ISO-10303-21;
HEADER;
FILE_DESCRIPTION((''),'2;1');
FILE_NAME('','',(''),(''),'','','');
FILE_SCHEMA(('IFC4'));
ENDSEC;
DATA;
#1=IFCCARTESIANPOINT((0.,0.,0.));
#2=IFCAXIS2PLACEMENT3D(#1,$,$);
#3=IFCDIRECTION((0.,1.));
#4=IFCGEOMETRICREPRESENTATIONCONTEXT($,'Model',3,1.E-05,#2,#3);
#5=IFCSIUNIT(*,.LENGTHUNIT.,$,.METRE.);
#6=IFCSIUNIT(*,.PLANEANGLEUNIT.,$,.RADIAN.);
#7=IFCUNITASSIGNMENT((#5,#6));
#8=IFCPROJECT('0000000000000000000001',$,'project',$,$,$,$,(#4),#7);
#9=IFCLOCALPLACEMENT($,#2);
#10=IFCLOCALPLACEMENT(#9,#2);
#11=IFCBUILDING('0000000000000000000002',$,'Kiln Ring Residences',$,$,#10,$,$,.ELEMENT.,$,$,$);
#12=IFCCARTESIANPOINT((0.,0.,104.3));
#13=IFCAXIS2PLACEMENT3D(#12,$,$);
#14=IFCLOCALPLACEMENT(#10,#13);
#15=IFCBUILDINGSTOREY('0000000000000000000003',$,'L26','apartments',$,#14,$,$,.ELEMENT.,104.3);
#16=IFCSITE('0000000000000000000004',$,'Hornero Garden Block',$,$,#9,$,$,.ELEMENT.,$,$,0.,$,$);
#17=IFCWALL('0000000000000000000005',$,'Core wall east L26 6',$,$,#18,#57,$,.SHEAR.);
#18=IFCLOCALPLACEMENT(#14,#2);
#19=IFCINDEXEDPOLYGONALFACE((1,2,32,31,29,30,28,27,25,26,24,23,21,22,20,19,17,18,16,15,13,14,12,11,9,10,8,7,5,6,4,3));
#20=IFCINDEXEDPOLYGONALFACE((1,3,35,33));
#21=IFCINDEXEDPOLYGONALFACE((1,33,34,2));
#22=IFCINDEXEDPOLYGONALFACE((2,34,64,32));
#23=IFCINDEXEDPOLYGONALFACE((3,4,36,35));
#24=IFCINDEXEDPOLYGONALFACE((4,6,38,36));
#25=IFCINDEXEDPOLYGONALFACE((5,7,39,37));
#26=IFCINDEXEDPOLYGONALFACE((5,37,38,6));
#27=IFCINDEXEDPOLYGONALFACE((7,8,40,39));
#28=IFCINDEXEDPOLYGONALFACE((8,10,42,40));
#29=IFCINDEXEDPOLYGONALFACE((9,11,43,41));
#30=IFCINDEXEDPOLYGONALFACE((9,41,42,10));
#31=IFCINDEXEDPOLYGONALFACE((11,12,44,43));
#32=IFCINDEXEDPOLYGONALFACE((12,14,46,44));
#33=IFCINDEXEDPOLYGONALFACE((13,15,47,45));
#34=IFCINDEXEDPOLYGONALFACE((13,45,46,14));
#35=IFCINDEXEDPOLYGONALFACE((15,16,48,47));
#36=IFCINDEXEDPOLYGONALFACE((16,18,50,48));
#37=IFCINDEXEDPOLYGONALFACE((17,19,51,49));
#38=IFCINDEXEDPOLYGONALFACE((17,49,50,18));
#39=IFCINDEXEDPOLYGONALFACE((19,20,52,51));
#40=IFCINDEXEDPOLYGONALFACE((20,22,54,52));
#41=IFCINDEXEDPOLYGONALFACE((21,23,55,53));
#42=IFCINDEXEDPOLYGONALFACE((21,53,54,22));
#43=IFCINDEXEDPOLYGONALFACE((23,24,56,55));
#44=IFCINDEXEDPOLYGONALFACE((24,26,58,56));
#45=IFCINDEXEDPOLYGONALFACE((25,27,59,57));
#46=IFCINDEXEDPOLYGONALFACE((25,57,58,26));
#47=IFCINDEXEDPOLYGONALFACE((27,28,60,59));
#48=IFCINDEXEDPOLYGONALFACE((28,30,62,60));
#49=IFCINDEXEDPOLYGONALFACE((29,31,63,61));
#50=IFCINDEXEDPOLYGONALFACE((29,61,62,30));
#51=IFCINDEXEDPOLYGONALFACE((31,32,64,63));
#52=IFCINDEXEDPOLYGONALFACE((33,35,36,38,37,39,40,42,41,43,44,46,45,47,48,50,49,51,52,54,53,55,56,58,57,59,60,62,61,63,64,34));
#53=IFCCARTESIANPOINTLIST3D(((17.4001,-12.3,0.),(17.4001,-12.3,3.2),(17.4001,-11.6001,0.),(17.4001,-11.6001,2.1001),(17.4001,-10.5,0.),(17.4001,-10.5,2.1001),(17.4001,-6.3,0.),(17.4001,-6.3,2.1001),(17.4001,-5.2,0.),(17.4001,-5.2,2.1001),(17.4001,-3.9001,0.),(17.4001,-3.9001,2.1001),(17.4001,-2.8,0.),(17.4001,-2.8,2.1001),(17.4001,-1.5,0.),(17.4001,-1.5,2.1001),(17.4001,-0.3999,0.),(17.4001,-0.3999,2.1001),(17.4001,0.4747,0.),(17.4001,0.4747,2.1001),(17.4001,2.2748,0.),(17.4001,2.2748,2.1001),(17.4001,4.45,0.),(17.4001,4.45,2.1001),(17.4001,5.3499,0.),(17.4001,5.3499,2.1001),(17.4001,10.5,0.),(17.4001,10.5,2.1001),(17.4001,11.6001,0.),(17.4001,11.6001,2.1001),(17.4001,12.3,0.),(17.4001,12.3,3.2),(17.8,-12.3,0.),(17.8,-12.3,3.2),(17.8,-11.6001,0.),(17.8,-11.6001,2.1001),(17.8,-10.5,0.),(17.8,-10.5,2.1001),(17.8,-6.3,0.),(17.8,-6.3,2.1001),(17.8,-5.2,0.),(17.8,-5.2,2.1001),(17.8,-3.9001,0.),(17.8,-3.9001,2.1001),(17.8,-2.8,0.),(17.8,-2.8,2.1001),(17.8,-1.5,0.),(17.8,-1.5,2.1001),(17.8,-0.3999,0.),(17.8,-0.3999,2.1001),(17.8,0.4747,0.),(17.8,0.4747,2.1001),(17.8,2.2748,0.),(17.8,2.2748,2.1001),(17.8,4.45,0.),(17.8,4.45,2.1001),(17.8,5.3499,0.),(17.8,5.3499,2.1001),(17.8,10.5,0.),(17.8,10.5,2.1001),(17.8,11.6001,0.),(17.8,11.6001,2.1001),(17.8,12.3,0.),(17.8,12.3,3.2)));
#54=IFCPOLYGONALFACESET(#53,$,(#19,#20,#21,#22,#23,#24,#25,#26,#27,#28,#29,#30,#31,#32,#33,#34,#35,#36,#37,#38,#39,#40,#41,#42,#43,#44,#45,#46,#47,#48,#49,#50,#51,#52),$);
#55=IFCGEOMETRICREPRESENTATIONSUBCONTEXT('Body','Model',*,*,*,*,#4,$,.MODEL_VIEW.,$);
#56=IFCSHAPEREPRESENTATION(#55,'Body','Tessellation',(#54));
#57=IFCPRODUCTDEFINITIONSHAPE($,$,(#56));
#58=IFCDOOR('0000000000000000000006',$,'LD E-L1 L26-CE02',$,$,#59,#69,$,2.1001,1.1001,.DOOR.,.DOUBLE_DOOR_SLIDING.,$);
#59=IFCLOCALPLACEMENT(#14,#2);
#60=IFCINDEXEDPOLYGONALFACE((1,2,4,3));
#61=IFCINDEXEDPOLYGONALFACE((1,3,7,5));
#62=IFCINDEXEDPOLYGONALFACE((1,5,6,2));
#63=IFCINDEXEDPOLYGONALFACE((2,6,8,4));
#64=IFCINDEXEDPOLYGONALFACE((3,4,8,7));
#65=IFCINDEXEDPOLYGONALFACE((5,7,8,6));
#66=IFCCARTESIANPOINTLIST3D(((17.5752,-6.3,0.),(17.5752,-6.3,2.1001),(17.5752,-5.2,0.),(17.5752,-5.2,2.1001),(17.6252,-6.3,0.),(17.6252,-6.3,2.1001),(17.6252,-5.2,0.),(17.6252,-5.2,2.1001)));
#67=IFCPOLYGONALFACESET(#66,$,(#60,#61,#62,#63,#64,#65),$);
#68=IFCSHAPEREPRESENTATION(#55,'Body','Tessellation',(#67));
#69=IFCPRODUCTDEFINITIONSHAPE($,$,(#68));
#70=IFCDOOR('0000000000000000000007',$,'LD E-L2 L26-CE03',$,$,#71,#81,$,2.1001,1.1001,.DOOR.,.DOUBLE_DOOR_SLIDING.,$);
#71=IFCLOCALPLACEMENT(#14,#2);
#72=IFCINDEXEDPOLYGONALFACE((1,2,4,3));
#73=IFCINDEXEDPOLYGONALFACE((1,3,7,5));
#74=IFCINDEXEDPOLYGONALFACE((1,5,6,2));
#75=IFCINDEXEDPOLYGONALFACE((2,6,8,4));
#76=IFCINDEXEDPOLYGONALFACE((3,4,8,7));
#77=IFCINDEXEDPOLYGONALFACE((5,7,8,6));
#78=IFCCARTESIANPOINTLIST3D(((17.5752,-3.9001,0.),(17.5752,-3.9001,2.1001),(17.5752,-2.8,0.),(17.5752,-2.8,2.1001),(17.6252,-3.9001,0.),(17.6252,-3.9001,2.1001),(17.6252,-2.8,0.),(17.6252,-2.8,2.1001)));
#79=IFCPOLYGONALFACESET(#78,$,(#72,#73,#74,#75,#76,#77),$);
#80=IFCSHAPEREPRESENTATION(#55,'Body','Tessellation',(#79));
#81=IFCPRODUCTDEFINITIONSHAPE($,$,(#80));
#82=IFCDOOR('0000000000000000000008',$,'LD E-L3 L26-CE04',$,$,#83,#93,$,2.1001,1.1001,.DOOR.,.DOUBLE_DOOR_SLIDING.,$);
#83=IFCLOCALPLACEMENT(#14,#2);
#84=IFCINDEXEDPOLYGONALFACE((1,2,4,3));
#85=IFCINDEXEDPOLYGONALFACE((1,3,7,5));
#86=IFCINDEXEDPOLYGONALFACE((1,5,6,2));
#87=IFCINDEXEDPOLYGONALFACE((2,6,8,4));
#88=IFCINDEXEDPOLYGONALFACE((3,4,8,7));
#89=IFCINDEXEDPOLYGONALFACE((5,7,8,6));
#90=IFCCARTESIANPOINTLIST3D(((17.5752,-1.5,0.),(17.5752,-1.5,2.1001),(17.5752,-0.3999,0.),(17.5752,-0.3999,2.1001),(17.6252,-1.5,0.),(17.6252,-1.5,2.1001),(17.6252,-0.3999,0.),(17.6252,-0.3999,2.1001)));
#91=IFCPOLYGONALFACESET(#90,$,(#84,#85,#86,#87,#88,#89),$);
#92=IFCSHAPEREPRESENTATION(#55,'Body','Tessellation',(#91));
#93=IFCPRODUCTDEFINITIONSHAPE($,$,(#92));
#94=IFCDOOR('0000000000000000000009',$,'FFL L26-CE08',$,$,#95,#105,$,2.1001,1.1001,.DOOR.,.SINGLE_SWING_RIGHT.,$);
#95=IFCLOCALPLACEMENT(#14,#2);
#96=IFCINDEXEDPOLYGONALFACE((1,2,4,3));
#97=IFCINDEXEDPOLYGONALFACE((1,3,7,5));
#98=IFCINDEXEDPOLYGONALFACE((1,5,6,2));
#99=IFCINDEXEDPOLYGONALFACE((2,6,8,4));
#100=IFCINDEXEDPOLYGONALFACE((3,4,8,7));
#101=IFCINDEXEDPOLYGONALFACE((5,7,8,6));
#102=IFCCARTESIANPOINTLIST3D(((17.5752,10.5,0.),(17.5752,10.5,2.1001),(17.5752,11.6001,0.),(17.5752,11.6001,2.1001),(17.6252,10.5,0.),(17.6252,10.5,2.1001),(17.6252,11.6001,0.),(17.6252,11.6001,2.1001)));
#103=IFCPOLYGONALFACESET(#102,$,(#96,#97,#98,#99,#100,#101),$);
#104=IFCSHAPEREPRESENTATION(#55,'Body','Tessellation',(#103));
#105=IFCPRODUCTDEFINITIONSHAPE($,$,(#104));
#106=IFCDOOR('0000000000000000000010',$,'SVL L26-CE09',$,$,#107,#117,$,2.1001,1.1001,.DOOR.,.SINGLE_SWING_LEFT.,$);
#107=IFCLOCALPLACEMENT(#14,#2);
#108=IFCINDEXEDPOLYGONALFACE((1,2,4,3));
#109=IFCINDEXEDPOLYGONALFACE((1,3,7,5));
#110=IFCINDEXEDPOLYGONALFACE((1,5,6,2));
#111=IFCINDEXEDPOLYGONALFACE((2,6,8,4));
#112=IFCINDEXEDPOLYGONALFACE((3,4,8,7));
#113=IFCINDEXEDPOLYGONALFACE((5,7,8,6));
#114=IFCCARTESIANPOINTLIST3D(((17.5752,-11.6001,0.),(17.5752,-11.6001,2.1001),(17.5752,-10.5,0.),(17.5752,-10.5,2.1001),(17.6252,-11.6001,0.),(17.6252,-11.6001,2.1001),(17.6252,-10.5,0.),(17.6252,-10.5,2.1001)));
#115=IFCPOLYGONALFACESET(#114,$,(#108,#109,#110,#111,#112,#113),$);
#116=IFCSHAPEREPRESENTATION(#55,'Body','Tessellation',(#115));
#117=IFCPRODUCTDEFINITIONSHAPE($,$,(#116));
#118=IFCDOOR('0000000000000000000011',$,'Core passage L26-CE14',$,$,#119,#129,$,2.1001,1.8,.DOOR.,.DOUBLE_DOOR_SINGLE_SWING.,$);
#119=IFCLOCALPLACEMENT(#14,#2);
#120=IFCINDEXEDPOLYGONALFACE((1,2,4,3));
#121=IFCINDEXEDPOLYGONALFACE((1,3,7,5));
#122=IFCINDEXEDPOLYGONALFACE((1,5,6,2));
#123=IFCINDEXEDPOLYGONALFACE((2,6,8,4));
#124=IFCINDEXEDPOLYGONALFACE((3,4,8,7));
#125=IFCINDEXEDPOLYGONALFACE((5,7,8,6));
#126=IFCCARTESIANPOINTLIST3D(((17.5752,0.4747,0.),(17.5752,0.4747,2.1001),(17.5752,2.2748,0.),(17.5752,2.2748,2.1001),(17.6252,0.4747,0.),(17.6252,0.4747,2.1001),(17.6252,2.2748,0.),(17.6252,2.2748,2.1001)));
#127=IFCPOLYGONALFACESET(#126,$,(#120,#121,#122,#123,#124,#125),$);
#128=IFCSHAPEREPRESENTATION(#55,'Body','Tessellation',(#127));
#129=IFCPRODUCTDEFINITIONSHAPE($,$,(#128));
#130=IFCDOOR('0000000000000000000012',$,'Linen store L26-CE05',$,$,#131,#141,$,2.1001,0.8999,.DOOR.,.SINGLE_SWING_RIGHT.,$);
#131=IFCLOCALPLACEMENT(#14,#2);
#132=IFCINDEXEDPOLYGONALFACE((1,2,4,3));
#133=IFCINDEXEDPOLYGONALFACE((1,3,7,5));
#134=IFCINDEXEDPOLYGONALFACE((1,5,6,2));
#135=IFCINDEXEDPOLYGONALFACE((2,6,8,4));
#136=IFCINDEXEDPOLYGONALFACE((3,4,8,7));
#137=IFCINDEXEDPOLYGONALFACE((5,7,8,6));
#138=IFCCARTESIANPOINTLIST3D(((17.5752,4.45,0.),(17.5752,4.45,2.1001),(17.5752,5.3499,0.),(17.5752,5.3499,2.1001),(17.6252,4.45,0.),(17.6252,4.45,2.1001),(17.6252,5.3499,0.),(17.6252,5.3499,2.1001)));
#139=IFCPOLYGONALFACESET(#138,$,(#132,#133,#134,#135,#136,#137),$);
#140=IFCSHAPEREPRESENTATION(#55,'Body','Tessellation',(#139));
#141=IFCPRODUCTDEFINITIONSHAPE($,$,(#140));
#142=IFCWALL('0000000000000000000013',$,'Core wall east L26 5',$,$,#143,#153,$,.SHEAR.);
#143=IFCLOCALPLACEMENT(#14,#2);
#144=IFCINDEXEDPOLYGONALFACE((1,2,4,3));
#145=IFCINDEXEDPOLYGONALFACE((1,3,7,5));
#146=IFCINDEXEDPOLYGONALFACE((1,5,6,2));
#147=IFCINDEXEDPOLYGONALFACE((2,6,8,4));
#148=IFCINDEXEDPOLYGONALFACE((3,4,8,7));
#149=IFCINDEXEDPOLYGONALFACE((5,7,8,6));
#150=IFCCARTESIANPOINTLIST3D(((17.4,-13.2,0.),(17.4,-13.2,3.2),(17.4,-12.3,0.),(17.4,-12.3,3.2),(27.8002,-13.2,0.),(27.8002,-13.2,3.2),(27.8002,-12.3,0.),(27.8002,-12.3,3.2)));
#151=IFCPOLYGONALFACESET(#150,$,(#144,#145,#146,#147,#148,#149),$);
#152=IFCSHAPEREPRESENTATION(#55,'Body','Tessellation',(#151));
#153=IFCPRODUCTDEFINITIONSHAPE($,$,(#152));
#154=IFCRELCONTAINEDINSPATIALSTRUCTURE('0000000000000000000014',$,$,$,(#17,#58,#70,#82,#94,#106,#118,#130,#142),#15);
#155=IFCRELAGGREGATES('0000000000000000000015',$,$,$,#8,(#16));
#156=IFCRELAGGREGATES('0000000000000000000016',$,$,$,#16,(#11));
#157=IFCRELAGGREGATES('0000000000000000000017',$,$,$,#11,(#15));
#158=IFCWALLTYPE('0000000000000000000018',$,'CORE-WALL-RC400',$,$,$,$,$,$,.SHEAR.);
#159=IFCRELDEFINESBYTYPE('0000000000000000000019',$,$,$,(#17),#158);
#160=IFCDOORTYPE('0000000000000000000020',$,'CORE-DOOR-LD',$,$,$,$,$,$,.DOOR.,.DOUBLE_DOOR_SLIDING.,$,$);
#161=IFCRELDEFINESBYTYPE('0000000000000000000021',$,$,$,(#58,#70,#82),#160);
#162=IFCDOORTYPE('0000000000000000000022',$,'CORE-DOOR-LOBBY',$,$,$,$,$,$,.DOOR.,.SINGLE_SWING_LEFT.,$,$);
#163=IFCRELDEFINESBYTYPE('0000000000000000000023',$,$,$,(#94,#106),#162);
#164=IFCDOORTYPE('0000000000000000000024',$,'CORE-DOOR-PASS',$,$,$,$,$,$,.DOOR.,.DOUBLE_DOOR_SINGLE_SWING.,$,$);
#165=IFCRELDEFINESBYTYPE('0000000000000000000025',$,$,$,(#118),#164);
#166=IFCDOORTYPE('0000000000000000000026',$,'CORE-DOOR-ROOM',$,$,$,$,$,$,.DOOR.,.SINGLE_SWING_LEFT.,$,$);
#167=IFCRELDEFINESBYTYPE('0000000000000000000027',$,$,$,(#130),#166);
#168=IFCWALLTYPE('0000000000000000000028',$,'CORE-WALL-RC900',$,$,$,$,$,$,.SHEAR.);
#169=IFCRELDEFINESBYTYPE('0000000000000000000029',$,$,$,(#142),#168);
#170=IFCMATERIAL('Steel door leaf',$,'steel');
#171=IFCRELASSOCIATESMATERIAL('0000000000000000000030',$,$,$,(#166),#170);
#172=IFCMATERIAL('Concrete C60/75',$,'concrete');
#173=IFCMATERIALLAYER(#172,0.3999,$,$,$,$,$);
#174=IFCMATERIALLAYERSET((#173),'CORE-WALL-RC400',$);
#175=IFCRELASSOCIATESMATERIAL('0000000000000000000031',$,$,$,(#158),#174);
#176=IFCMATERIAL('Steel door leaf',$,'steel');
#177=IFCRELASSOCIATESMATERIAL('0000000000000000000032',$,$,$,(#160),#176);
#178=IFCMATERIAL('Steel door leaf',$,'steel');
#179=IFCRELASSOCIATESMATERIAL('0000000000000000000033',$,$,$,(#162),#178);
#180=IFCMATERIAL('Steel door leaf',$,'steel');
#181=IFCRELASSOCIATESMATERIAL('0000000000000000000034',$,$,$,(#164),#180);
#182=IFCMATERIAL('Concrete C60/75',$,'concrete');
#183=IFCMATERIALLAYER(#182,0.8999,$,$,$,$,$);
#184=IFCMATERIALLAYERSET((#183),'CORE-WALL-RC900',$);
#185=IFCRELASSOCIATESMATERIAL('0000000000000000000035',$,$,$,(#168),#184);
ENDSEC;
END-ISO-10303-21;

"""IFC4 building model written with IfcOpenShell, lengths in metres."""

from ifc_helpers import new_model, si_unit, direction, frame, frame_2d, origin, place, context, subcontext, project, spatial, rectangle, extrude, material, layer, layer_set, type_object, element, fill, save


model = new_model("IFC4")

# Units and contexts
model_context = context("Model", 3, precision=1e-05, world=origin(), true_north=direction((0.0, 1.0)))
body_context = subcontext(model_context, "Body", "Model", "MODEL_VIEW")
ifc_project = project(units=[si_unit("LENGTHUNIT", "METRE"), si_unit("PLANEANGLEUNIT", "RADIAN")], contexts=[model_context])

# Site, building, storey
site_placement = place(None, origin())
site = spatial("IfcSite", under=ifc_project, at=site_placement, Name="Hornero Garden Block", CompositionType="ELEMENT", RefElevation=0.0)
building_placement = place(site_placement, origin())
building = spatial("IfcBuilding", under=site, at=building_placement, Name="Kiln Ring Residences", CompositionType="ELEMENT")
storey_placement = place(building_placement, frame((0.0, 0.0, 104.3)))
storey = spatial("IfcBuildingStorey", under=building, at=storey_placement, Name="L26", Description="apartments", CompositionType="ELEMENT", Elevation=104.3)

# Shared definitions
ifc_material_1 = material(Name="Steel door leaf", Category="steel")
door_type_1 = type_object("IfcDoorType", Name="CORE-DOOR-ROOM", OperationType="SINGLE_SWING_LEFT", PredefinedType="DOOR", material=ifc_material_1)

# Wall, openings, doors
ifc_material_2 = material(Name="Concrete C60/75", Category="concrete")
ifc_layer_1 = layer(ifc_material_2, 0.3999)
ifc_layer_set_1 = layer_set([ifc_layer_1], Name="CORE-WALL-RC400")
wall_type_1 = type_object("IfcWallType", Name="CORE-WALL-RC400", PredefinedType="SHEAR", material=ifc_layer_set_1)
wall_1_placement = place(storey_placement, frame((17.6001, -12.3, 0.0), z_axis=(0.0, 0.0, 1.0), x_axis=(0.0, 1.0, 0.0)))
wall_1 = element("IfcWall", 1, at=wall_1_placement, inside=storey, type_object=wall_type_1, Name="Core wall east L26 6", PredefinedType="SHEAR", context=body_context, shape_type="SweptSolid", body=[
    extrude(rectangle(XDim=24.6001, YDim=0.3999, at=frame_2d((12.3, 0.0))), origin(), (0.0, 0.0, 1.0), 3.2),
])
opening_1_placement = place(wall_1_placement, frame((6.0, 0.0, 0.0)))
opening_1 = element("IfcOpeningElement", 2, at=opening_1_placement, cuts=wall_1, PredefinedType="OPENING", context=body_context, shape_type="SweptSolid", body=[
    extrude(rectangle(XDim=1.1001, YDim=2.1001, at=frame_2d((0.55, 1.05))), frame((0.0, 0.21, 0.0), z_axis=(0.0, -1.0, 0.0), x_axis=(1.0, 0.0, 0.0)), (0.0, 0.0, 1.0), 0.4199),
])
opening_2_placement = place(wall_1_placement, frame((8.3999, 0.0, 0.0)))
opening_2 = element("IfcOpeningElement", 3, at=opening_2_placement, cuts=wall_1, PredefinedType="OPENING", context=body_context, shape_type="SweptSolid", body=[
    extrude(rectangle(XDim=1.1001, YDim=2.1001, at=frame_2d((0.55, 1.05))), frame((0.0, 0.21, 0.0), z_axis=(0.0, -1.0, 0.0), x_axis=(1.0, 0.0, 0.0)), (0.0, 0.0, 1.0), 0.4199),
])
opening_3_placement = place(wall_1_placement, frame((10.8, 0.0, 0.0)))
opening_3 = element("IfcOpeningElement", 4, at=opening_3_placement, cuts=wall_1, PredefinedType="OPENING", context=body_context, shape_type="SweptSolid", body=[
    extrude(rectangle(XDim=1.1001, YDim=2.1001, at=frame_2d((0.55, 1.05))), frame((0.0, 0.21, 0.0), z_axis=(0.0, -1.0, 0.0), x_axis=(1.0, 0.0, 0.0)), (0.0, 0.0, 1.0), 0.4199),
])
opening_4_placement = place(wall_1_placement, frame((16.75, 0.0, 0.0)))
opening_4 = element("IfcOpeningElement", 5, at=opening_4_placement, cuts=wall_1, PredefinedType="OPENING", context=body_context, shape_type="SweptSolid", body=[
    extrude(rectangle(XDim=0.8999, YDim=2.1001, at=frame_2d((0.45, 1.05))), frame((0.0, 0.21, 0.0), z_axis=(0.0, -1.0, 0.0), x_axis=(1.0, 0.0, 0.0)), (0.0, 0.0, 1.0), 0.4199),
])
opening_5_placement = place(wall_1_placement, frame((22.8, 0.0, 0.0)))
opening_5 = element("IfcOpeningElement", 6, at=opening_5_placement, cuts=wall_1, PredefinedType="OPENING", context=body_context, shape_type="SweptSolid", body=[
    extrude(rectangle(XDim=1.1001, YDim=2.1001, at=frame_2d((0.55, 1.05))), frame((0.0, 0.21, 0.0), z_axis=(0.0, -1.0, 0.0), x_axis=(1.0, 0.0, 0.0)), (0.0, 0.0, 1.0), 0.4199),
])
opening_6_placement = place(wall_1_placement, frame((0.7, 0.0, 0.0)))
opening_6 = element("IfcOpeningElement", 7, at=opening_6_placement, cuts=wall_1, PredefinedType="OPENING", context=body_context, shape_type="SweptSolid", body=[
    extrude(rectangle(XDim=1.1001, YDim=2.1001, at=frame_2d((0.55, 1.05))), frame((0.0, 0.21, 0.0), z_axis=(0.0, -1.0, 0.0), x_axis=(1.0, 0.0, 0.0)), (0.0, 0.0, 1.0), 0.4199),
])
opening_7_placement = place(wall_1_placement, frame((12.7749, 0.0, 0.0)))
opening_7 = element("IfcOpeningElement", 8, at=opening_7_placement, cuts=wall_1, PredefinedType="OPENING", context=body_context, shape_type="SweptSolid", body=[
    extrude(rectangle(XDim=1.8, YDim=2.1001, at=frame_2d((0.8999, 1.05))), frame((0.0, 0.21, 0.0), z_axis=(0.0, -1.0, 0.0), x_axis=(1.0, 0.0, 0.0)), (0.0, 0.0, 1.0), 0.4199),
])
ifc_material_3 = material(Name="Steel door leaf", Category="steel")
door_type_2 = type_object("IfcDoorType", Name="CORE-DOOR-LD", OperationType="DOUBLE_DOOR_SLIDING", PredefinedType="DOOR", material=ifc_material_3)
door_1_placement = place(opening_1_placement, origin())
door_1 = element("IfcDoor", 9, at=door_1_placement, inside=storey, type_object=door_type_2, Name="LD E-L1 L26-CE02", OperationType="DOUBLE_DOOR_SLIDING", OverallHeight=2.1001, OverallWidth=1.1001, PredefinedType="DOOR", context=body_context, shape_type="SweptSolid", body=[
    extrude(rectangle(XDim=1.1001, YDim=2.1001, at=frame_2d((0.55, 1.05))), frame((0.0, 0.0249, 0.0), z_axis=(0.0, -1.0, 0.0), x_axis=(1.0, 0.0, 0.0)), (0.0, 0.0, 1.0), 0.05),
])
fill(opening_1, door_1)
door_2_placement = place(opening_2_placement, origin())
door_2 = element("IfcDoor", 10, at=door_2_placement, inside=storey, type_object=door_type_2, Name="LD E-L2 L26-CE03", OperationType="DOUBLE_DOOR_SLIDING", OverallHeight=2.1001, OverallWidth=1.1001, PredefinedType="DOOR", context=body_context, shape_type="SweptSolid", body=[
    extrude(rectangle(XDim=1.1001, YDim=2.1001, at=frame_2d((0.55, 1.05))), frame((0.0, 0.0249, 0.0), z_axis=(0.0, -1.0, 0.0), x_axis=(1.0, 0.0, 0.0)), (0.0, 0.0, 1.0), 0.05),
])
fill(opening_2, door_2)
door_3_placement = place(opening_3_placement, origin())
door_3 = element("IfcDoor", 11, at=door_3_placement, inside=storey, type_object=door_type_2, Name="LD E-L3 L26-CE04", OperationType="DOUBLE_DOOR_SLIDING", OverallHeight=2.1001, OverallWidth=1.1001, PredefinedType="DOOR", context=body_context, shape_type="SweptSolid", body=[
    extrude(rectangle(XDim=1.1001, YDim=2.1001, at=frame_2d((0.55, 1.05))), frame((0.0, 0.0249, 0.0), z_axis=(0.0, -1.0, 0.0), x_axis=(1.0, 0.0, 0.0)), (0.0, 0.0, 1.0), 0.05),
])
fill(opening_3, door_3)
ifc_material_4 = material(Name="Steel door leaf", Category="steel")
door_type_3 = type_object("IfcDoorType", Name="CORE-DOOR-LOBBY", OperationType="SINGLE_SWING_LEFT", PredefinedType="DOOR", material=ifc_material_4)
door_4_placement = place(opening_5_placement, origin())
door_4 = element("IfcDoor", 12, at=door_4_placement, inside=storey, type_object=door_type_3, Name="FFL L26-CE08", OperationType="SINGLE_SWING_RIGHT", OverallHeight=2.1001, OverallWidth=1.1001, PredefinedType="DOOR", context=body_context, shape_type="SweptSolid", body=[
    extrude(rectangle(XDim=1.1001, YDim=2.1001, at=frame_2d((0.55, 1.05))), frame((0.0, 0.0249, 0.0), z_axis=(0.0, -1.0, 0.0), x_axis=(1.0, 0.0, 0.0)), (0.0, 0.0, 1.0), 0.05),
])
fill(opening_5, door_4)
door_5_placement = place(opening_6_placement, origin())
door_5 = element("IfcDoor", 13, at=door_5_placement, inside=storey, type_object=door_type_3, Name="SVL L26-CE09", OperationType="SINGLE_SWING_LEFT", OverallHeight=2.1001, OverallWidth=1.1001, PredefinedType="DOOR", context=body_context, shape_type="SweptSolid", body=[
    extrude(rectangle(XDim=1.1001, YDim=2.1001, at=frame_2d((0.55, 1.05))), frame((0.0, 0.0249, 0.0), z_axis=(0.0, -1.0, 0.0), x_axis=(1.0, 0.0, 0.0)), (0.0, 0.0, 1.0), 0.05),
])
fill(opening_6, door_5)
ifc_material_5 = material(Name="Steel door leaf", Category="steel")
door_type_4 = type_object("IfcDoorType", Name="CORE-DOOR-PASS", OperationType="DOUBLE_DOOR_SINGLE_SWING", PredefinedType="DOOR", material=ifc_material_5)
door_6_placement = place(opening_7_placement, origin())
door_6 = element("IfcDoor", 14, at=door_6_placement, inside=storey, type_object=door_type_4, Name="Core passage L26-CE14", OperationType="DOUBLE_DOOR_SINGLE_SWING", OverallHeight=2.1001, OverallWidth=1.8, PredefinedType="DOOR", context=body_context, shape_type="SweptSolid", body=[
    extrude(rectangle(XDim=1.8, YDim=2.1001, at=frame_2d((0.8999, 1.05))), frame((0.0, 0.0249, 0.0), z_axis=(0.0, -1.0, 0.0), x_axis=(1.0, 0.0, 0.0)), (0.0, 0.0, 1.0), 0.05),
])
fill(opening_7, door_6)
door_7_placement = place(opening_4_placement, origin())
door_7 = element("IfcDoor", 15, at=door_7_placement, inside=storey, type_object=door_type_1, Name="Linen store L26-CE05", OperationType="SINGLE_SWING_RIGHT", OverallHeight=2.1001, OverallWidth=0.8999, PredefinedType="DOOR", context=body_context, shape_type="SweptSolid", body=[
    extrude(rectangle(XDim=0.8999, YDim=2.1001, at=frame_2d((0.45, 1.05))), frame((0.0, 0.0249, 0.0), z_axis=(0.0, -1.0, 0.0), x_axis=(1.0, 0.0, 0.0)), (0.0, 0.0, 1.0), 0.05),
])
fill(opening_4, door_7)

# Wall
ifc_material_6 = material(Name="Concrete C60/75", Category="concrete")
ifc_layer_2 = layer(ifc_material_6, 0.8999)
ifc_layer_set_2 = layer_set([ifc_layer_2], Name="CORE-WALL-RC900")
wall_type_2 = type_object("IfcWallType", Name="CORE-WALL-RC900", PredefinedType="SHEAR", material=ifc_layer_set_2)
wall_2_placement = place(storey_placement, frame((17.3999, -12.75, 0.0), z_axis=(0.0, 0.0, 1.0), x_axis=(1.0, 0.0, 0.0)))
element("IfcWall", 16, at=wall_2_placement, inside=storey, type_object=wall_type_2, Name="Core wall east L26 5", PredefinedType="SHEAR", context=body_context, shape_type="SweptSolid", body=[
    extrude(rectangle(XDim=10.4001, YDim=0.8999, at=frame_2d((5.2002, 0.0))), origin(), (0.0, 0.0, 1.0), 3.2),
])

save(model, "model.ifc")
